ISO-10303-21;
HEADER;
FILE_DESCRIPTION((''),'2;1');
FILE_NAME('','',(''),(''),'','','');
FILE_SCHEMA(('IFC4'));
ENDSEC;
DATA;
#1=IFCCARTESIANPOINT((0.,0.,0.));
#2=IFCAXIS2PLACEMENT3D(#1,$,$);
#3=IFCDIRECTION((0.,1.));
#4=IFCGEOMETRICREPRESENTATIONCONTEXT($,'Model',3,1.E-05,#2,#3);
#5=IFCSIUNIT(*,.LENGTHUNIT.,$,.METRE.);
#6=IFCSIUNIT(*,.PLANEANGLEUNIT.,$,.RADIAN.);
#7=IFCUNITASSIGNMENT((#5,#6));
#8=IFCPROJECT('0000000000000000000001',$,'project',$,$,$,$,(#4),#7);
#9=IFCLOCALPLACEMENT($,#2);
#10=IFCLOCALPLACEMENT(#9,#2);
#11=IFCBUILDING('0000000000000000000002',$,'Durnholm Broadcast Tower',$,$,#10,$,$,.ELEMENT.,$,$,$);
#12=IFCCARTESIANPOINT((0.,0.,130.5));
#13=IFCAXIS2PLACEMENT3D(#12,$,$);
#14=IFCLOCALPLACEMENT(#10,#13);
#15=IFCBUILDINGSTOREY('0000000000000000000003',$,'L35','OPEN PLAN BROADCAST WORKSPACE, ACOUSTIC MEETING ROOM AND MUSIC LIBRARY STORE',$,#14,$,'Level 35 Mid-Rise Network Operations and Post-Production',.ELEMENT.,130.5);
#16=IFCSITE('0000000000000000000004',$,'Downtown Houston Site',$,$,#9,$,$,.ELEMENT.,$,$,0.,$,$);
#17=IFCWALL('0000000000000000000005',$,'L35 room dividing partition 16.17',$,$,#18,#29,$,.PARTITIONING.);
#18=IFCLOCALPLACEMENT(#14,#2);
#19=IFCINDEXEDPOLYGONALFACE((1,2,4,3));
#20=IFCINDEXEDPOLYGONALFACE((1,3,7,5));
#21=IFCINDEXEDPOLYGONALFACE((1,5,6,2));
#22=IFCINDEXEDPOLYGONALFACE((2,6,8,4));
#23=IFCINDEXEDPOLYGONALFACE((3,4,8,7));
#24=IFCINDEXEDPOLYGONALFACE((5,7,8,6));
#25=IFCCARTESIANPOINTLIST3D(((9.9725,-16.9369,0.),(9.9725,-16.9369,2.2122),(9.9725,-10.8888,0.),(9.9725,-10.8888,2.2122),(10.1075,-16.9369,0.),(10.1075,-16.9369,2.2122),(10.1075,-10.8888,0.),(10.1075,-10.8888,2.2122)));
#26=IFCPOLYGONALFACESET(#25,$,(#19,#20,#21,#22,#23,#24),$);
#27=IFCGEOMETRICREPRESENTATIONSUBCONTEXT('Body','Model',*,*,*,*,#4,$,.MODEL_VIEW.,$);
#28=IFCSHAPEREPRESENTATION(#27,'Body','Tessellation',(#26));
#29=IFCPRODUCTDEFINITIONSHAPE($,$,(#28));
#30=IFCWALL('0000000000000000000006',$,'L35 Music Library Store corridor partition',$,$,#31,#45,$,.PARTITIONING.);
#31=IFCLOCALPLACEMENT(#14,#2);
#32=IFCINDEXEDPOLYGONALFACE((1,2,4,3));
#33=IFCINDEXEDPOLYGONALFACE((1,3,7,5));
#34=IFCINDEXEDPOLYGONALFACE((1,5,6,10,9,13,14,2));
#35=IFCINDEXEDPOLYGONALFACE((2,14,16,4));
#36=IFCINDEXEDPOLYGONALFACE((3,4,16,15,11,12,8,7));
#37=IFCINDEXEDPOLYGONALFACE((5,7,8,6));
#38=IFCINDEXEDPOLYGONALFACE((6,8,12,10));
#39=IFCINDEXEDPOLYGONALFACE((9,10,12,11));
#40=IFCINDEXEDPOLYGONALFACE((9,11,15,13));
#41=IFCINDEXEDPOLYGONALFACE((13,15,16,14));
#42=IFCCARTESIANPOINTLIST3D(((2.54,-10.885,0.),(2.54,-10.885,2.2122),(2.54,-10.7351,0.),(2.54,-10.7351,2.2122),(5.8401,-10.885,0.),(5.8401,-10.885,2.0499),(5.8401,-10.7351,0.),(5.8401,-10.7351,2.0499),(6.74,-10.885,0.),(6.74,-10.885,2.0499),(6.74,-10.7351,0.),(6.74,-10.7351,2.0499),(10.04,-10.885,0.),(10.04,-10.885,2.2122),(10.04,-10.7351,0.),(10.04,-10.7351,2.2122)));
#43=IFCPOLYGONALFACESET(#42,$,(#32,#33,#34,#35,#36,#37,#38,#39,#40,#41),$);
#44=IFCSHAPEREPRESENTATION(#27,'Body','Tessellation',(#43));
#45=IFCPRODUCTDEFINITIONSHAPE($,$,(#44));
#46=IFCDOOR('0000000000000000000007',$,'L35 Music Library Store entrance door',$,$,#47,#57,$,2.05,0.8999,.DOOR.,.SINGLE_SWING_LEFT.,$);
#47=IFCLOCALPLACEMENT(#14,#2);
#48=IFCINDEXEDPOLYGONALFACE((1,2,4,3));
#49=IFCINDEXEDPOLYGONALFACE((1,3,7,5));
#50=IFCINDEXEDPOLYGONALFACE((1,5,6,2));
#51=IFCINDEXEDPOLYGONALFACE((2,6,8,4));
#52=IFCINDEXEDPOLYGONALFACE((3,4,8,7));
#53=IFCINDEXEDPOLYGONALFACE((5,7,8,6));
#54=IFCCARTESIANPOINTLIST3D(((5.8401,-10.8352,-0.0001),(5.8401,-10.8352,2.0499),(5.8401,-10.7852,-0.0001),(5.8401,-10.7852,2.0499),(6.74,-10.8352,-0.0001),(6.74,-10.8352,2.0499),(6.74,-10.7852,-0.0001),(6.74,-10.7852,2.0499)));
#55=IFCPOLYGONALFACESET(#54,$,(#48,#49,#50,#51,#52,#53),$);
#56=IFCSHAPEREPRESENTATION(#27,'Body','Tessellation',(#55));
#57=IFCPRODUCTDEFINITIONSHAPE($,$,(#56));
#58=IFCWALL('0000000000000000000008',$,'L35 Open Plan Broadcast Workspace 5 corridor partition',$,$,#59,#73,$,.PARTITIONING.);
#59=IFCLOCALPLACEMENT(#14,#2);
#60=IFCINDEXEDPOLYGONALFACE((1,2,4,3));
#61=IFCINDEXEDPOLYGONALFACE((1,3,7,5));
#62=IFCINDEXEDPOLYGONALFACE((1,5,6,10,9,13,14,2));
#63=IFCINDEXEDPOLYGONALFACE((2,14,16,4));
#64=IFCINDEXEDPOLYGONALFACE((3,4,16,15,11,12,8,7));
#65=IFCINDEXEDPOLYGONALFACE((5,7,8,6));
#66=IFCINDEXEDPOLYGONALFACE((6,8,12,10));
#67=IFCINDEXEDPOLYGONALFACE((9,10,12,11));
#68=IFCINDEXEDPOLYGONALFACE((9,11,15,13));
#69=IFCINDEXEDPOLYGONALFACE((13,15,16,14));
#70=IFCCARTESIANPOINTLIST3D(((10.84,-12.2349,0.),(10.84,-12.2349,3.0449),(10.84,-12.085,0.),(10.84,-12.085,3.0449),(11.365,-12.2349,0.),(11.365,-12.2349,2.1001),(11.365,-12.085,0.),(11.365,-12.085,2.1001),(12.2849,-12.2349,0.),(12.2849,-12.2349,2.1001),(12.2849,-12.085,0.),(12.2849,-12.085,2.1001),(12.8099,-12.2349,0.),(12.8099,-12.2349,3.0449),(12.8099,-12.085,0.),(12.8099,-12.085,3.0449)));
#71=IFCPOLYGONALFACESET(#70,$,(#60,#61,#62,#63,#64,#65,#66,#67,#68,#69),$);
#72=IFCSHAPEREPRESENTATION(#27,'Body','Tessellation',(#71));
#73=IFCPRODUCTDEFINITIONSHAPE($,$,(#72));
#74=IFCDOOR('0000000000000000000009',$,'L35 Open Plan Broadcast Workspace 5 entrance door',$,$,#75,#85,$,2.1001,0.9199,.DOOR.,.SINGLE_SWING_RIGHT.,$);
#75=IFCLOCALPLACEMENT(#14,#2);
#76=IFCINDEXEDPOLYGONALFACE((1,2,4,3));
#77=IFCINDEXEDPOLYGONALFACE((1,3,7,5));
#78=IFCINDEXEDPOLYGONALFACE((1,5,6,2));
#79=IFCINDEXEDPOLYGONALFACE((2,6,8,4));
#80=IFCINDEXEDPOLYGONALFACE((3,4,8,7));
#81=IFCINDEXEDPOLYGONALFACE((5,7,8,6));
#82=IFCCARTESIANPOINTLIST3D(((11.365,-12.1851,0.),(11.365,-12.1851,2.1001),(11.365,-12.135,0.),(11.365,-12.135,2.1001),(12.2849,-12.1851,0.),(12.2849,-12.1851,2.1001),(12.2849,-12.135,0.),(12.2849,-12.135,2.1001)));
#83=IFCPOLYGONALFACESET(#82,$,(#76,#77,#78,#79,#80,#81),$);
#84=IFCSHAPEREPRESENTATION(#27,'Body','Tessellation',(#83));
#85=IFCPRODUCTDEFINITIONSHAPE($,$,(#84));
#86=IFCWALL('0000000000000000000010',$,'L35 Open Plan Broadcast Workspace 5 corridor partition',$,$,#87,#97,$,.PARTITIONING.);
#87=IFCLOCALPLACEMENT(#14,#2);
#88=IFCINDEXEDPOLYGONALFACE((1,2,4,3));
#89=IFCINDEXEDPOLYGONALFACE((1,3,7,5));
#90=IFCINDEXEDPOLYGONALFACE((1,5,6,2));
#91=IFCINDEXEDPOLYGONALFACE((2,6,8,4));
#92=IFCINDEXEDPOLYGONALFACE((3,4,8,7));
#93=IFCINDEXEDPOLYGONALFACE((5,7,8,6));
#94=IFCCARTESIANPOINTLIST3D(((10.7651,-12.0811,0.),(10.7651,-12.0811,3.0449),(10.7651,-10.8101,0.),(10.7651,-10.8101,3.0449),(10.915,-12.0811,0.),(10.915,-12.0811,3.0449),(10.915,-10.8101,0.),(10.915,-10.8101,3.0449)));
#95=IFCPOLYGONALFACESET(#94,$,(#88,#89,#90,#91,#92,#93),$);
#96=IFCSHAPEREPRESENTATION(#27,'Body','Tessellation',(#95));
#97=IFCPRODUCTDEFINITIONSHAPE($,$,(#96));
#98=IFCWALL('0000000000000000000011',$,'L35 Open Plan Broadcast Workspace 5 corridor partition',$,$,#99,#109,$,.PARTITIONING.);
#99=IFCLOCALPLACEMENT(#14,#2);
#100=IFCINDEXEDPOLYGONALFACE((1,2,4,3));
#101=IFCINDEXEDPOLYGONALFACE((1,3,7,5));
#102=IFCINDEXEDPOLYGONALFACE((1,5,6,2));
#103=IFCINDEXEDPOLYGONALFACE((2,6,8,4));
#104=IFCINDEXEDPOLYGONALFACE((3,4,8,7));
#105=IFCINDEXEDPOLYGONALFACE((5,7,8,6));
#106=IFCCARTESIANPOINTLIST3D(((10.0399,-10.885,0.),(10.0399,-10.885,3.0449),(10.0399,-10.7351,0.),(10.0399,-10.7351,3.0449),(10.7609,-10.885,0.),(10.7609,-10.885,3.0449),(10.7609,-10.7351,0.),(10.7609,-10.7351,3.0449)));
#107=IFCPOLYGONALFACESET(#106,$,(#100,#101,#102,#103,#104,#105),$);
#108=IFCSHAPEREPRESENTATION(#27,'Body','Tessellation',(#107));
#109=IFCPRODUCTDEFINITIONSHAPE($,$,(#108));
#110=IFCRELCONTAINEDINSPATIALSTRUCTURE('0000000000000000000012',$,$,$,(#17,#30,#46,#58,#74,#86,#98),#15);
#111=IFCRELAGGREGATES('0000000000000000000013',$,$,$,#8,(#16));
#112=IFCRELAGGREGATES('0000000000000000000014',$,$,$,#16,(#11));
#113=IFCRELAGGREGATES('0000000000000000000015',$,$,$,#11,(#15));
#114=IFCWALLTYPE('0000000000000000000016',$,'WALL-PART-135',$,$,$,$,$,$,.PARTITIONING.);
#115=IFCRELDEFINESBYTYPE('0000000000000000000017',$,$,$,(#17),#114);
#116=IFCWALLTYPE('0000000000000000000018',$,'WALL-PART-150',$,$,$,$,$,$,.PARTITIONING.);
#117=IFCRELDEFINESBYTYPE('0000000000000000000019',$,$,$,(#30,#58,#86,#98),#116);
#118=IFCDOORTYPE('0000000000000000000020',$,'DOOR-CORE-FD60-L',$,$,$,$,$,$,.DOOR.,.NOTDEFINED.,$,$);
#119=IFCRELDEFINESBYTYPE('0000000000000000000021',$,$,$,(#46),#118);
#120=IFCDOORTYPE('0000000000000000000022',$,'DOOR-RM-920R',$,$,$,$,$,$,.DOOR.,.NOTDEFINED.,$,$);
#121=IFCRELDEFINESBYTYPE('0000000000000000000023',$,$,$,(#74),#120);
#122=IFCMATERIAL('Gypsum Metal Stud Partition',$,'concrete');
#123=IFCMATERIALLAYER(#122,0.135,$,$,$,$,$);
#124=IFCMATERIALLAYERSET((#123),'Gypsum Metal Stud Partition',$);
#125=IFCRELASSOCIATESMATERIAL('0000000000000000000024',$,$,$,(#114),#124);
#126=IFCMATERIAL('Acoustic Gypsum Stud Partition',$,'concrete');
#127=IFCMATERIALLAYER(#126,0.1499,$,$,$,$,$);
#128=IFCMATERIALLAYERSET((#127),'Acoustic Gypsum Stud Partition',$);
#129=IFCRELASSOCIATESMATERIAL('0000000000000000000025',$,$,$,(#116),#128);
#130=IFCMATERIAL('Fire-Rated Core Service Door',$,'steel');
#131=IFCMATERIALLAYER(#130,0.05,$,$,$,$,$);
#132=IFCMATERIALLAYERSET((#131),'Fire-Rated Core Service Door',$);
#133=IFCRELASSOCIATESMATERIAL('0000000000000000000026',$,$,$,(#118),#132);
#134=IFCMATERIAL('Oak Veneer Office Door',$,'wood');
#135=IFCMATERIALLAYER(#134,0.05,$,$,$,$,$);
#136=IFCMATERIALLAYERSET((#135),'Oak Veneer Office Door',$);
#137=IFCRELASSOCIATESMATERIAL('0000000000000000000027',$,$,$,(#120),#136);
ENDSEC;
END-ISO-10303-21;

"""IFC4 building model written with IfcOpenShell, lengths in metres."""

from ifc_helpers import new_model, si_unit, direction, frame, frame_2d, origin, place, context, subcontext, project, spatial, rectangle, extrude, source, transform, mapped, material, layer, layer_set, type_object, type_shapes, element, fill, save


model = new_model("IFC4")

# Units and contexts
model_context = context("Model", 3, precision=1e-05, world=origin(), true_north=direction((0.0, 1.0)))
body_context = subcontext(model_context, "Body", "Model", "MODEL_VIEW")
ifc_project = project(units=[si_unit("LENGTHUNIT", "METRE"), si_unit("PLANEANGLEUNIT", "RADIAN")], contexts=[model_context])

# Site, building, storey
site_placement = place(None, origin())
site = spatial("IfcSite", under=ifc_project, at=site_placement, Name="Downtown Houston Site", CompositionType="ELEMENT", RefElevation=0.0)
building_placement = place(site_placement, origin())
building = spatial("IfcBuilding", under=site, at=building_placement, Name="Durnholm Broadcast Tower", CompositionType="ELEMENT")
storey_placement = place(building_placement, frame((0.0, 0.0, 130.5)))
storey = spatial("IfcBuildingStorey", under=building, at=storey_placement, Name="L35", Description="OPEN PLAN BROADCAST WORKSPACE, ACOUSTIC MEETING ROOM AND MUSIC LIBRARY STORE", LongName="Level 35 Mid-Rise Network Operations and Post-Production", CompositionType="ELEMENT", Elevation=130.5)

# Wall
ifc_material_1 = material(Name="Gypsum Metal Stud Partition", Category="concrete")
ifc_layer_1 = layer(ifc_material_1, 0.135)
ifc_layer_set_1 = layer_set([ifc_layer_1], Name="Gypsum Metal Stud Partition")
wall_type_1 = type_object("IfcWallType", Name="WALL-PART-135", PredefinedType="PARTITIONING", material=ifc_layer_set_1)
wall_1_placement = place(storey_placement, frame((10.04, -10.8889, 0.0), z_axis=(0.0, 0.0, 1.0), x_axis=(0.0, -1.0, 0.0)))
element("IfcWall", 1, at=wall_1_placement, inside=storey, type_object=wall_type_1, Name="L35 room dividing partition 16.17", PredefinedType="PARTITIONING", context=body_context, shape_type="SweptSolid", body=[
    extrude(rectangle(XDim=6.0481, YDim=0.135, at=frame_2d((3.0239, 0.0))), origin(), (0.0, 0.0, 1.0), 2.2122),
])

# Walls, openings, doors
ifc_material_2 = material(Name="Acoustic Gypsum Stud Partition", Category="concrete")
ifc_layer_2 = layer(ifc_material_2, 0.1499)
ifc_layer_set_2 = layer_set([ifc_layer_2], Name="Acoustic Gypsum Stud Partition")
wall_type_2 = type_object("IfcWallType", Name="WALL-PART-150", PredefinedType="PARTITIONING", material=ifc_layer_set_2)
wall_2_placement = place(storey_placement, frame((2.54, -10.8101, 0.0), z_axis=(0.0, 0.0, 1.0), x_axis=(1.0, 0.0, 0.0)))
wall_2 = element("IfcWall", 2, at=wall_2_placement, inside=storey, type_object=wall_type_2, Name="L35 Music Library Store corridor partition", PredefinedType="PARTITIONING", context=body_context, shape_type="SweptSolid", body=[
    extrude(rectangle(XDim=7.5, YDim=0.1499, at=frame_2d((3.75, 0.0))), origin(), (0.0, 0.0, 1.0), 2.2122),
])
opening_1_placement = place(wall_2_placement, frame((3.3, 0.0, 0.0)))
opening_1 = element("IfcOpeningElement", 3, at=opening_1_placement, cuts=wall_2, PredefinedType="OPENING", context=body_context, shape_type="SweptSolid", body=[
    extrude(rectangle(XDim=0.8999, YDim=2.05, at=frame_2d((0.45, 1.0249))), frame((0.0, 0.085, 0.0), z_axis=(0.0, -1.0, 0.0), x_axis=(1.0, 0.0, 0.0)), (0.0, 0.0, 1.0), 0.1699),
])
ifc_material_3 = material(Name="Fire-Rated Core Service Door", Category="steel")
ifc_layer_3 = layer(ifc_material_3, 0.05)
ifc_layer_set_3 = layer_set([ifc_layer_3], Name="Fire-Rated Core Service Door")
door_type_1 = type_object("IfcDoorType", Name="DOOR-CORE-FD60-L", OperationType="NOTDEFINED", PredefinedType="DOOR", material=ifc_layer_set_3)
shared_shape_1 = source(origin(), body_context, "Body", "SweptSolid", [
    extrude(rectangle(XDim=0.8999, YDim=2.05, at=frame_2d((0.45, 1.0249))), frame((0.0, 0.0249, 0.0), z_axis=(0.0, -1.0, 0.0), x_axis=(1.0, 0.0, 0.0)), (0.0, 0.0, 1.0), 0.05),
])
type_shapes(door_type_1, [shared_shape_1])
door_1_placement = place(opening_1_placement, origin())
door_1 = element("IfcDoor", 4, at=door_1_placement, inside=storey, type_object=door_type_1, Name="L35 Music Library Store entrance door", OperationType="SINGLE_SWING_LEFT", OverallHeight=2.05, OverallWidth=0.8999, PredefinedType="DOOR", context=body_context, shape_type="MappedRepresentation", body=[
    mapped(shared_shape_1, transform((0.0, 0.0, 0.0), x_axis=(1.0, 0.0, 0.0), y_axis=(0.0, 1.0, 0.0), z_axis=(0.0, 0.0, 1.0), scale=1.0)),
])
fill(opening_1, door_1)
wall_3_placement = place(storey_placement, frame((10.8401, -12.1599, 0.0), z_axis=(0.0, 0.0, 1.0), x_axis=(1.0, 0.0, 0.0)))
wall_3 = element("IfcWall", 5, at=wall_3_placement, inside=storey, type_object=wall_type_2, Name="L35 Open Plan Broadcast Workspace 5 corridor partition", PredefinedType="PARTITIONING", context=body_context, shape_type="SweptSolid", body=[
    extrude(rectangle(XDim=1.97, YDim=0.1499, at=frame_2d((0.9849, 0.0))), origin(), (0.0, 0.0, 1.0), 3.0449),
])
opening_2_placement = place(wall_3_placement, frame((0.5249, 0.0, 0.0)))
opening_2 = element("IfcOpeningElement", 6, at=opening_2_placement, cuts=wall_3, PredefinedType="OPENING", context=body_context, shape_type="SweptSolid", body=[
    extrude(rectangle(XDim=0.9199, YDim=2.1001, at=frame_2d((0.46, 1.05))), frame((0.0, 0.085, 0.0), z_axis=(0.0, -1.0, 0.0), x_axis=(1.0, 0.0, 0.0)), (0.0, 0.0, 1.0), 0.1699),
])
ifc_material_4 = material(Name="Oak Veneer Office Door", Category="wood")
ifc_layer_4 = layer(ifc_material_4, 0.05)
ifc_layer_set_4 = layer_set([ifc_layer_4], Name="Oak Veneer Office Door")
door_type_2 = type_object("IfcDoorType", Name="DOOR-RM-920R", OperationType="NOTDEFINED", PredefinedType="DOOR", material=ifc_layer_set_4)
shared_shape_2 = source(origin(), body_context, "Body", "SweptSolid", [
    extrude(rectangle(XDim=0.9199, YDim=2.1001, at=frame_2d((0.46, 1.05))), frame((0.0, 0.0249, 0.0), z_axis=(0.0, -1.0, 0.0), x_axis=(1.0, 0.0, 0.0)), (0.0, 0.0, 1.0), 0.05),
])
type_shapes(door_type_2, [shared_shape_2])
door_2_placement = place(opening_2_placement, origin())
door_2 = element("IfcDoor", 7, at=door_2_placement, inside=storey, type_object=door_type_2, Name="L35 Open Plan Broadcast Workspace 5 entrance door", OperationType="SINGLE_SWING_RIGHT", OverallHeight=2.1001, OverallWidth=0.9199, PredefinedType="DOOR", context=body_context, shape_type="MappedRepresentation", body=[
    mapped(shared_shape_2, transform((0.0, 0.0, 0.0), x_axis=(1.0, 0.0, 0.0), y_axis=(0.0, 1.0, 0.0), z_axis=(0.0, 0.0, 1.0), scale=1.0)),
])
fill(opening_2, door_2)

# Walls
wall_4_placement = place(storey_placement, frame((10.8401, -10.8101, 0.0), z_axis=(0.0, 0.0, 1.0), x_axis=(0.0, -1.0, 0.0)))
element("IfcWall", 8, at=wall_4_placement, inside=storey, type_object=wall_type_2, Name="L35 Open Plan Broadcast Workspace 5 corridor partition", PredefinedType="PARTITIONING", context=body_context, shape_type="SweptSolid", body=[
    extrude(rectangle(XDim=1.271, YDim=0.1499, at=frame_2d((0.6355, 0.0))), origin(), (0.0, 0.0, 1.0), 3.0449),
])
wall_5_placement = place(storey_placement, frame((10.04, -10.8101, 0.0), z_axis=(0.0, 0.0, 1.0), x_axis=(1.0, 0.0, 0.0)))
element("IfcWall", 9, at=wall_5_placement, inside=storey, type_object=wall_type_2, Name="L35 Open Plan Broadcast Workspace 5 corridor partition", PredefinedType="PARTITIONING", context=body_context, shape_type="SweptSolid", body=[
    extrude(rectangle(XDim=0.7209, YDim=0.1499, at=frame_2d((0.3604, 0.0))), origin(), (0.0, 0.0, 1.0), 3.0449),
])

save(model, "model.ifc")
